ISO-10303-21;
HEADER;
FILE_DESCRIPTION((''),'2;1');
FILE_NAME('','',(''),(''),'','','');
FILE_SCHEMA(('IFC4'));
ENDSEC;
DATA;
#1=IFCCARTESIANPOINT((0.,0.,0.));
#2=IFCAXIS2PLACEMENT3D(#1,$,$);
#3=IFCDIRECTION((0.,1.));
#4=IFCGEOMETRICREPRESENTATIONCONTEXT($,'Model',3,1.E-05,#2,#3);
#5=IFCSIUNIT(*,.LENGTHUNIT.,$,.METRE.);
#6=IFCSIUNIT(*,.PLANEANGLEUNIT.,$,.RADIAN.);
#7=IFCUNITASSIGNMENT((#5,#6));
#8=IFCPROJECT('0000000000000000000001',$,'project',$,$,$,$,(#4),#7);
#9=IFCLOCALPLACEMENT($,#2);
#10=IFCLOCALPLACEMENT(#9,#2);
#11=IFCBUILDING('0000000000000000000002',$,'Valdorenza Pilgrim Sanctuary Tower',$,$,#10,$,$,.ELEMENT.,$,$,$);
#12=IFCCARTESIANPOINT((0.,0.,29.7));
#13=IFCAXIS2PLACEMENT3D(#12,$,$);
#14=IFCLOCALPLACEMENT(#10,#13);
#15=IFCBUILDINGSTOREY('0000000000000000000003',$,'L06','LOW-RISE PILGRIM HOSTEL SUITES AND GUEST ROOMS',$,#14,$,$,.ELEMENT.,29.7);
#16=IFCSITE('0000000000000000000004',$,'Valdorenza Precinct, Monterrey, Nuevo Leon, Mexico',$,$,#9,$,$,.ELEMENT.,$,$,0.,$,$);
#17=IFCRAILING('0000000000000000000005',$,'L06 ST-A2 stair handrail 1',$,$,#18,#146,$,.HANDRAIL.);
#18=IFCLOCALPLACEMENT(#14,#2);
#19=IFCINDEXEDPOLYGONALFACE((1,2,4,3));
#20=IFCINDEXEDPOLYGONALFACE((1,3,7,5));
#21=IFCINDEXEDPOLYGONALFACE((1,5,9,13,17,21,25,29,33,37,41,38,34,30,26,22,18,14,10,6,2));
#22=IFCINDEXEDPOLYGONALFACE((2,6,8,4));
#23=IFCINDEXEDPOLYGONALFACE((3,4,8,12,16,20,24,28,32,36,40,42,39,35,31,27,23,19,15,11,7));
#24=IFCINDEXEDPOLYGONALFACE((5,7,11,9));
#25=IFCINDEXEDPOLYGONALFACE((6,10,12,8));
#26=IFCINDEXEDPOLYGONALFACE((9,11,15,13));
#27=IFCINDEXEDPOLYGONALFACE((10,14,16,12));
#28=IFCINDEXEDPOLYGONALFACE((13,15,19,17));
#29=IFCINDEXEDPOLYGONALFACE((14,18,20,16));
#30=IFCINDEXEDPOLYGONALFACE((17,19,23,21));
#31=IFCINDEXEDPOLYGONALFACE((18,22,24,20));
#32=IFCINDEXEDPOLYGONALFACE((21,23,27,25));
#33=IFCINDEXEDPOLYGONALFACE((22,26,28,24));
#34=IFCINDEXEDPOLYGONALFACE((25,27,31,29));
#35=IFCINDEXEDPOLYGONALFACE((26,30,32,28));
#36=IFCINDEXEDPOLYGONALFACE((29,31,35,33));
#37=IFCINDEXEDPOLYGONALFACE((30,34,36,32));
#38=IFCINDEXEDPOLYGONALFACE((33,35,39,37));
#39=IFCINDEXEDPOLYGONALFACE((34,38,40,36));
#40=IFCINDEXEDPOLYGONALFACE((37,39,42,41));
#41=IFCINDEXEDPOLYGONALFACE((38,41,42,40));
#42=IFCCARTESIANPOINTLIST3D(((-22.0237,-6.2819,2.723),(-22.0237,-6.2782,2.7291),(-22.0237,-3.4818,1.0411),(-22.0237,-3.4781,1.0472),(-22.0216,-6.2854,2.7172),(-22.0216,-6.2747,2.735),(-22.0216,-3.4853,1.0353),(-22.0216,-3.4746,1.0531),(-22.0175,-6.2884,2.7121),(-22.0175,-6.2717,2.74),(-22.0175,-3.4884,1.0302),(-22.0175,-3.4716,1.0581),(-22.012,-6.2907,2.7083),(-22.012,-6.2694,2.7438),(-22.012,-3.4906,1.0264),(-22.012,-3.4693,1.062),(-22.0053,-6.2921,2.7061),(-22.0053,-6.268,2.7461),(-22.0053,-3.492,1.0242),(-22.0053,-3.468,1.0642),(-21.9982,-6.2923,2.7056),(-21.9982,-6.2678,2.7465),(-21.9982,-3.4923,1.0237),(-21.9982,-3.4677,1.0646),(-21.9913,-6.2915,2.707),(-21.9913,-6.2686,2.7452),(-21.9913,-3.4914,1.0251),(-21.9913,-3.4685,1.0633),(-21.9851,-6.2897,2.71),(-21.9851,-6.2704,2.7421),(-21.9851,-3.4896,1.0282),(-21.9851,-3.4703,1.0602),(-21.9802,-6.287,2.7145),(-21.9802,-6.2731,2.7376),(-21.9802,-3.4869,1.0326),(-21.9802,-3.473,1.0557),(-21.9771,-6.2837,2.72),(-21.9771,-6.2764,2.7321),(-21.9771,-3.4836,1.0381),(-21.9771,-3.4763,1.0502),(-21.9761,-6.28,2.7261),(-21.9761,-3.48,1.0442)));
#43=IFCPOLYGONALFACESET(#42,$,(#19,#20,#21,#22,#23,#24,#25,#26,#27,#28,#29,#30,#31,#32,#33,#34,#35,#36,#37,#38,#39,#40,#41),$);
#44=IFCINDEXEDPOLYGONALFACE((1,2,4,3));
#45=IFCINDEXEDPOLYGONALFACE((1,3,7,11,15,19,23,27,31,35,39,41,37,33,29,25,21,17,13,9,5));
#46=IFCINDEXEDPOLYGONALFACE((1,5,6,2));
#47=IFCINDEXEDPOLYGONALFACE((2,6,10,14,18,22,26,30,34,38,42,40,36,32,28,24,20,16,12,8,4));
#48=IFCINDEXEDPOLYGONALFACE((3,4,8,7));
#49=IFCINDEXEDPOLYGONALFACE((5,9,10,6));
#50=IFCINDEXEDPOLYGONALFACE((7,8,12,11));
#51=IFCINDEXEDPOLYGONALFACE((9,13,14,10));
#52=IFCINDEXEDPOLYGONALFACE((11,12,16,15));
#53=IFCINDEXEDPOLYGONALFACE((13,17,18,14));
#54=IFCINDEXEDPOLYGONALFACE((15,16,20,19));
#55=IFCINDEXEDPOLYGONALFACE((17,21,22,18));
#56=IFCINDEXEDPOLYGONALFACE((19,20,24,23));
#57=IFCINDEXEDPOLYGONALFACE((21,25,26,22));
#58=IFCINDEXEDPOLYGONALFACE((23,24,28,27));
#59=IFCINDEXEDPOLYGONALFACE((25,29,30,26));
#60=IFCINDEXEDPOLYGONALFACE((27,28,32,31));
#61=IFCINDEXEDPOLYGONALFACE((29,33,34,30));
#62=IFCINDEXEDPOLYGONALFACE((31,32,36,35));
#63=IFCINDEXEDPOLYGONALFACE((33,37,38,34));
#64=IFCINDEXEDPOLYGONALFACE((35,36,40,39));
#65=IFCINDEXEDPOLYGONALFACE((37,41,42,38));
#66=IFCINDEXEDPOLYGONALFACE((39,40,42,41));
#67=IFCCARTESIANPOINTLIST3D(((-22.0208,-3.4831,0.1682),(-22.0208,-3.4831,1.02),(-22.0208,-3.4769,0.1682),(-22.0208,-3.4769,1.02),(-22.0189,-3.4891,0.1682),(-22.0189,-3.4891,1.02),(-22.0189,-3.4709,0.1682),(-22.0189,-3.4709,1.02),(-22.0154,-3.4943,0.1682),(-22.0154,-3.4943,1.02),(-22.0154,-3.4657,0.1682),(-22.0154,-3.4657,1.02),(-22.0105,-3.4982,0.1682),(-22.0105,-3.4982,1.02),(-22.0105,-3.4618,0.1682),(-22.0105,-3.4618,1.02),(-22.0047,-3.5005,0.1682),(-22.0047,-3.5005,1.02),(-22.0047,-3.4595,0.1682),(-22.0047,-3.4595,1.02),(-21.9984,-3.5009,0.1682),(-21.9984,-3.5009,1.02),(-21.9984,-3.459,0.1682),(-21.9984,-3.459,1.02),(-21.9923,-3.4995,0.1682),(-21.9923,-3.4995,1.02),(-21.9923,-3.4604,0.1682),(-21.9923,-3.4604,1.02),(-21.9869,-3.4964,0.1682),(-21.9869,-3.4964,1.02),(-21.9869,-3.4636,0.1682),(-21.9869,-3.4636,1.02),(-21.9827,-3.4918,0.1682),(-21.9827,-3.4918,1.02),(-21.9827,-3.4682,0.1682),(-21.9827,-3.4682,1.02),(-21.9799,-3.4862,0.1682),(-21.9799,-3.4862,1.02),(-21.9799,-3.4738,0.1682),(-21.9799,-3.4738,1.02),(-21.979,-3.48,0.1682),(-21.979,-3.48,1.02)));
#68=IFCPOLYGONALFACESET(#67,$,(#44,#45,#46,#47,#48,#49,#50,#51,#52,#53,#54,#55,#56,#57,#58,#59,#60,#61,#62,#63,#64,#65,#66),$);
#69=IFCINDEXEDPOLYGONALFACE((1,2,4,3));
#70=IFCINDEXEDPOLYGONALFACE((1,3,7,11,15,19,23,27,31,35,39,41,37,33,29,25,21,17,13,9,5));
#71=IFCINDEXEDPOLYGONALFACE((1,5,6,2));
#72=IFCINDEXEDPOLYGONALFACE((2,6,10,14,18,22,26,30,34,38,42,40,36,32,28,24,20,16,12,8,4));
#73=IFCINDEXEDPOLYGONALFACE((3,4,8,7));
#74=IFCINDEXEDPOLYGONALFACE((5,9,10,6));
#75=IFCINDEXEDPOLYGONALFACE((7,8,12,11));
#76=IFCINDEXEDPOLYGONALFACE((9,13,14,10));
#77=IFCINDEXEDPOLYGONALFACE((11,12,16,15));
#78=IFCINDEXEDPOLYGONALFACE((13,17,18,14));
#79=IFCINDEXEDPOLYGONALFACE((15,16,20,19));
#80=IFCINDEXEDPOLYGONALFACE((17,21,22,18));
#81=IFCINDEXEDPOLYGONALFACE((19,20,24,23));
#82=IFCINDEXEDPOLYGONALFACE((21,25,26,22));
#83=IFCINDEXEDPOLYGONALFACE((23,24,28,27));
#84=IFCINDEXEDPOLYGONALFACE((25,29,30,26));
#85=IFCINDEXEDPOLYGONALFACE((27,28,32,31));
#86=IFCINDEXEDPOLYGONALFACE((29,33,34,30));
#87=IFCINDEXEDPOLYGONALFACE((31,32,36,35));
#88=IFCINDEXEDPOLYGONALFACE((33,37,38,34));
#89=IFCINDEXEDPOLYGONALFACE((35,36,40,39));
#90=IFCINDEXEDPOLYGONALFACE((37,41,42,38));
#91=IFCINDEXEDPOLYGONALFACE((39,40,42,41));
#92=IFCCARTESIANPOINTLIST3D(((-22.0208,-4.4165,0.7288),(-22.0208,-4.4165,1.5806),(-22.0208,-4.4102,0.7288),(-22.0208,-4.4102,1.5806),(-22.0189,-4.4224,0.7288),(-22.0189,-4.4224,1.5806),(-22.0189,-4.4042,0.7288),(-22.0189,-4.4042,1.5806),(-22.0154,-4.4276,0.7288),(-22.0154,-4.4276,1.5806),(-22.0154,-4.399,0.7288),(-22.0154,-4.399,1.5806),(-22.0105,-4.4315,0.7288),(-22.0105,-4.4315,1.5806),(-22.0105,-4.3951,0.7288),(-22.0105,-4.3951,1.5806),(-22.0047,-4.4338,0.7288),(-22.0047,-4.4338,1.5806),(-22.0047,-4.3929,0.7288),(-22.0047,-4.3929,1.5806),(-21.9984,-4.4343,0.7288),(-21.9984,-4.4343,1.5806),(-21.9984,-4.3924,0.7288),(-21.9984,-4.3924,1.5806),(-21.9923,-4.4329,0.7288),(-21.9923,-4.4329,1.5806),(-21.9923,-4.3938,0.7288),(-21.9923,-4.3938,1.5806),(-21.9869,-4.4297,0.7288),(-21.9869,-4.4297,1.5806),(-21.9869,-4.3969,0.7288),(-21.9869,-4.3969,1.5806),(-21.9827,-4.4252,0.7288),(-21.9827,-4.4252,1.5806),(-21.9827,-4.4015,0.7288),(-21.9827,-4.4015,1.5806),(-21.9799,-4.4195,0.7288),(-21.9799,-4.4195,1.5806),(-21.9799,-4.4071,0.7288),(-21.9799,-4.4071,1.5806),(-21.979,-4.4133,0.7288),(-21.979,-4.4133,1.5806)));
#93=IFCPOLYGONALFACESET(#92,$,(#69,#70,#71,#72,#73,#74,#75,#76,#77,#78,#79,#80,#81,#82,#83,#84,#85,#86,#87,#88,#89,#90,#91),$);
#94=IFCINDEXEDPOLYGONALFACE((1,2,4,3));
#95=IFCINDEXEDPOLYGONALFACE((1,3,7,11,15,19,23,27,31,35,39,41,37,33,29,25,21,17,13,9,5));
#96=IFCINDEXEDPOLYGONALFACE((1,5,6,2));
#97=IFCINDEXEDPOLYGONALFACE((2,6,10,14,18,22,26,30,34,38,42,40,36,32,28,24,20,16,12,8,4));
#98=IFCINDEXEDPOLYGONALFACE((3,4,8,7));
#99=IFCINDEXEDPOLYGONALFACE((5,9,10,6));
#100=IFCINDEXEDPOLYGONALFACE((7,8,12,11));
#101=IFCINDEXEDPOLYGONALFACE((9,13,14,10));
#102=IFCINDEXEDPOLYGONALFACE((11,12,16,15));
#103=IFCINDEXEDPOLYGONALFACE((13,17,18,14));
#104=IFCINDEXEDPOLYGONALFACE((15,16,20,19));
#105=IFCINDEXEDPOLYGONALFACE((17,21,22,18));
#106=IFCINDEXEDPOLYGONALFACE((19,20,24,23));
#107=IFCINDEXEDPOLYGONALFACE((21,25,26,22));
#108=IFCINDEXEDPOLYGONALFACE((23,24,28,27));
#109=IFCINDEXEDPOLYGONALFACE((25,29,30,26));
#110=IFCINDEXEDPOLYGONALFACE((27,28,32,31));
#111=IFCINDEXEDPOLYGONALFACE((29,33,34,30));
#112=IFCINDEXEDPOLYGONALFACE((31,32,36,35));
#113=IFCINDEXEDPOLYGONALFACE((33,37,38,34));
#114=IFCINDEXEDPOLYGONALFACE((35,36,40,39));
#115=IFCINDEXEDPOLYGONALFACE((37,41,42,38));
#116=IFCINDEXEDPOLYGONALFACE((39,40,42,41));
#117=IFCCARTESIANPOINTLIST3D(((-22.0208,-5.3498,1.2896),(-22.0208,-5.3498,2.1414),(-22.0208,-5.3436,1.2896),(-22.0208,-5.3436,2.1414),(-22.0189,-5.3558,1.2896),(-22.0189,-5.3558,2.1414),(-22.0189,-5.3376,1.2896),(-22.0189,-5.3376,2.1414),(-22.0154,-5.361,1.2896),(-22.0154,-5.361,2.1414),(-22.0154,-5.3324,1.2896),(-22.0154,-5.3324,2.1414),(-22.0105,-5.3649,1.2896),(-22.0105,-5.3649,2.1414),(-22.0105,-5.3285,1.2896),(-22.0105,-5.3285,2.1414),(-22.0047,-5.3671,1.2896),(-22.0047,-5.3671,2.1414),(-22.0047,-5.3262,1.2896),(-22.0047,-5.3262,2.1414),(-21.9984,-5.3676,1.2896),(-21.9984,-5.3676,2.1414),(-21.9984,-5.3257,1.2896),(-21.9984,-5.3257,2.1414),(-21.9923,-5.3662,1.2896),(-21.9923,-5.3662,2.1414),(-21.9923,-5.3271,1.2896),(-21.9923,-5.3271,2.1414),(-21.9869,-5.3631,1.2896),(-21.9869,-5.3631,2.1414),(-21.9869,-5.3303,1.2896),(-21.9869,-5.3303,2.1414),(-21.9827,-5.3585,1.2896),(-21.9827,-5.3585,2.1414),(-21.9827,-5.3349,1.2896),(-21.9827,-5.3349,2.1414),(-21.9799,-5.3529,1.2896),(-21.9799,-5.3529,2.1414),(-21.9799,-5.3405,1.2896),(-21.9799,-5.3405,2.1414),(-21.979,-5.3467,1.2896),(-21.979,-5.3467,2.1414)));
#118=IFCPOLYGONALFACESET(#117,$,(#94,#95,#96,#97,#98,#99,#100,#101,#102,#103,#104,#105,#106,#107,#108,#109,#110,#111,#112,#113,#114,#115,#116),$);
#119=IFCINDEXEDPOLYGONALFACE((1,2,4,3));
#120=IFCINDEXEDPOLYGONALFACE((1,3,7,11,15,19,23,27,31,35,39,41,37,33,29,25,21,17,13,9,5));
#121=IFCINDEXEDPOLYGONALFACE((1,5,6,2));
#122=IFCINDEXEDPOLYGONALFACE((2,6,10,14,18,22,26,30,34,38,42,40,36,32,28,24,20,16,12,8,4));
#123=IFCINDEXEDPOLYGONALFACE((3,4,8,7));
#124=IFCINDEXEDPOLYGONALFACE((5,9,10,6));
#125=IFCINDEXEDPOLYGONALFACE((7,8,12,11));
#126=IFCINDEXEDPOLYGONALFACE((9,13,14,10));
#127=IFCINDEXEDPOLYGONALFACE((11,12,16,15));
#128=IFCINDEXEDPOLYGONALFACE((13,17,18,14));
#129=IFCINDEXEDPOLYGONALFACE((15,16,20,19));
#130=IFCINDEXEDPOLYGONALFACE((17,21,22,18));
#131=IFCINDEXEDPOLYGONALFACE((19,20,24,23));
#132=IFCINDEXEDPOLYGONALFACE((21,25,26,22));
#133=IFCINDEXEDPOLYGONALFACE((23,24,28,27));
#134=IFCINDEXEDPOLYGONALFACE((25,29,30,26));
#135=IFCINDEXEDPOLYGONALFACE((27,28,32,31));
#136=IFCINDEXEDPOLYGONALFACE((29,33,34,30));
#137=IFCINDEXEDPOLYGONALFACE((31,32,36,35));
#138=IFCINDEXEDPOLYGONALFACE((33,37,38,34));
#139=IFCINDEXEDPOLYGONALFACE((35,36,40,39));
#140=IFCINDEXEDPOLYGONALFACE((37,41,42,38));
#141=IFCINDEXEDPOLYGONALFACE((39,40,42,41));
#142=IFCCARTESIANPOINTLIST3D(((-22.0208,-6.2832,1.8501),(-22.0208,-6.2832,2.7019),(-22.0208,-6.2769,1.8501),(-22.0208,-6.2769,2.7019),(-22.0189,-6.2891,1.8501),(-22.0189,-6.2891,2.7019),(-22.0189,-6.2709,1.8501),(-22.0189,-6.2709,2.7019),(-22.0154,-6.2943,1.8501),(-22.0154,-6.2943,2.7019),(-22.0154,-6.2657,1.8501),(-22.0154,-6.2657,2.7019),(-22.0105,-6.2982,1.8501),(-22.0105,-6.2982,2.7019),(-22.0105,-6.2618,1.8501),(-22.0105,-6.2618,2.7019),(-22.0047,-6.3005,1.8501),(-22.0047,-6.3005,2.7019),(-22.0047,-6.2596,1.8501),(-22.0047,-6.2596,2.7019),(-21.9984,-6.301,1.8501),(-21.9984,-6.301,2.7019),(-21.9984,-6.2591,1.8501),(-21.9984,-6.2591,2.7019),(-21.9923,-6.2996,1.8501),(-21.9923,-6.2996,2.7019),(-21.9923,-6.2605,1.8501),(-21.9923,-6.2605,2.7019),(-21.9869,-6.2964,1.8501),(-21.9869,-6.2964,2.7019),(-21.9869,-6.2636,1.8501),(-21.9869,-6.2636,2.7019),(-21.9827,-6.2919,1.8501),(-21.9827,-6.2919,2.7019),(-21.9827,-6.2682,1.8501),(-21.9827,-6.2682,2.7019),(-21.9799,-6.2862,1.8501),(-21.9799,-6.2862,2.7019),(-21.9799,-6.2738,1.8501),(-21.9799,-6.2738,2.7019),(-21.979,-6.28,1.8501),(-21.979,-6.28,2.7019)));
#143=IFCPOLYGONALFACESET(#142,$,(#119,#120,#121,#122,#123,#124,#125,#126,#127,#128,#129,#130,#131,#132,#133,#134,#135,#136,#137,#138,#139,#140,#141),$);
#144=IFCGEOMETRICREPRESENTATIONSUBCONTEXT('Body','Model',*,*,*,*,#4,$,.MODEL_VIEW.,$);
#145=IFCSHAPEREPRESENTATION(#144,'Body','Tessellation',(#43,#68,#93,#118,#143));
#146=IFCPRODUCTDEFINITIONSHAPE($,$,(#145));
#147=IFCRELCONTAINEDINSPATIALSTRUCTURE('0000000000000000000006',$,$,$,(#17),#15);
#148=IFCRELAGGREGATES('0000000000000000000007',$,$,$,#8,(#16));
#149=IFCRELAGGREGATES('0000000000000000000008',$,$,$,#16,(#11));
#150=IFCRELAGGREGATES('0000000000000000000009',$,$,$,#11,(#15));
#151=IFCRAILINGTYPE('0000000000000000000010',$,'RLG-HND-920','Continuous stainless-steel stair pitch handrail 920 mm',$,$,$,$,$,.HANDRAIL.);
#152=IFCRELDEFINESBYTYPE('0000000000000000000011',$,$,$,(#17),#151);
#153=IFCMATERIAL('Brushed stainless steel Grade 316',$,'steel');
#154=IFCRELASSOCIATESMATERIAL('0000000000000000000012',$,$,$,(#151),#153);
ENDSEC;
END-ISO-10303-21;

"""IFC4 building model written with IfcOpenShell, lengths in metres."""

from ifc_helpers import new_model, si_unit, direction, frame, origin, origin_2d, place, context, subcontext, project, spatial, circle, extrude, material, type_object, element, save


model = new_model("IFC4")

# Units and contexts
model_context = context("Model", 3, precision=1e-05, world=origin(), true_north=direction((0.0, 1.0)))
body_context = subcontext(model_context, "Body", "Model", "MODEL_VIEW")
ifc_project = project(units=[si_unit("LENGTHUNIT", "METRE"), si_unit("PLANEANGLEUNIT", "RADIAN")], contexts=[model_context])

# Site, building, storey
site_placement = place(None, origin())
site = spatial("IfcSite", under=ifc_project, at=site_placement, Name="Valdorenza Precinct, Monterrey, Nuevo Leon, Mexico", CompositionType="ELEMENT", RefElevation=0.0)
building_placement = place(site_placement, origin())
building = spatial("IfcBuilding", under=site, at=building_placement, Name="Valdorenza Pilgrim Sanctuary Tower", CompositionType="ELEMENT")
storey_placement = place(building_placement, frame((0.0, 0.0, 29.7)))
storey = spatial("IfcBuildingStorey", under=building, at=storey_placement, Name="L06", Description="LOW-RISE PILGRIM HOSTEL SUITES AND GUEST ROOMS", CompositionType="ELEMENT", Elevation=29.7)

# Shared definitions
ifc_material_1 = material(Name="Brushed stainless steel Grade 316", Category="steel")

# Railing
railing_type_1 = type_object("IfcRailingType", Name="RLG-HND-920", Description="Continuous stainless-steel stair pitch handrail 920 mm", PredefinedType="HANDRAIL", material=ifc_material_1)
railing_1_placement = place(storey_placement, frame((-22.0, -3.48, 0.1682)))
element("IfcRailing", 1, at=railing_1_placement, inside=storey, type_object=railing_type_1, Name="L06 ST-A2 stair handrail 1", PredefinedType="HANDRAIL", context=body_context, shape_type="SweptSolid", body=[
    extrude(circle(Radius=0.0239, at=origin_2d()), frame((0.0, 0.0, 0.876), z_axis=(0.0, -0.857242, 0.514913), x_axis=(1.0, 0.0, 0.0)), (0.0, 0.0, 1.0), 3.2664),
    extrude(circle(Radius=0.021, at=origin_2d()), origin(), (0.0, 0.0, 1.0), 0.8518),
    extrude(circle(Radius=0.021, at=origin_2d()), frame((0.0, -0.9333, 0.5605)), (0.0, 0.0, 1.0), 0.8518),
    extrude(circle(Radius=0.021, at=origin_2d()), frame((0.0, -1.8667, 1.1213)), (0.0, 0.0, 1.0), 0.8518),
    extrude(circle(Radius=0.021, at=origin_2d()), frame((0.0, -2.8, 1.6819)), (0.0, 0.0, 1.0), 0.8518),
])

save(model, "model.ifc")
